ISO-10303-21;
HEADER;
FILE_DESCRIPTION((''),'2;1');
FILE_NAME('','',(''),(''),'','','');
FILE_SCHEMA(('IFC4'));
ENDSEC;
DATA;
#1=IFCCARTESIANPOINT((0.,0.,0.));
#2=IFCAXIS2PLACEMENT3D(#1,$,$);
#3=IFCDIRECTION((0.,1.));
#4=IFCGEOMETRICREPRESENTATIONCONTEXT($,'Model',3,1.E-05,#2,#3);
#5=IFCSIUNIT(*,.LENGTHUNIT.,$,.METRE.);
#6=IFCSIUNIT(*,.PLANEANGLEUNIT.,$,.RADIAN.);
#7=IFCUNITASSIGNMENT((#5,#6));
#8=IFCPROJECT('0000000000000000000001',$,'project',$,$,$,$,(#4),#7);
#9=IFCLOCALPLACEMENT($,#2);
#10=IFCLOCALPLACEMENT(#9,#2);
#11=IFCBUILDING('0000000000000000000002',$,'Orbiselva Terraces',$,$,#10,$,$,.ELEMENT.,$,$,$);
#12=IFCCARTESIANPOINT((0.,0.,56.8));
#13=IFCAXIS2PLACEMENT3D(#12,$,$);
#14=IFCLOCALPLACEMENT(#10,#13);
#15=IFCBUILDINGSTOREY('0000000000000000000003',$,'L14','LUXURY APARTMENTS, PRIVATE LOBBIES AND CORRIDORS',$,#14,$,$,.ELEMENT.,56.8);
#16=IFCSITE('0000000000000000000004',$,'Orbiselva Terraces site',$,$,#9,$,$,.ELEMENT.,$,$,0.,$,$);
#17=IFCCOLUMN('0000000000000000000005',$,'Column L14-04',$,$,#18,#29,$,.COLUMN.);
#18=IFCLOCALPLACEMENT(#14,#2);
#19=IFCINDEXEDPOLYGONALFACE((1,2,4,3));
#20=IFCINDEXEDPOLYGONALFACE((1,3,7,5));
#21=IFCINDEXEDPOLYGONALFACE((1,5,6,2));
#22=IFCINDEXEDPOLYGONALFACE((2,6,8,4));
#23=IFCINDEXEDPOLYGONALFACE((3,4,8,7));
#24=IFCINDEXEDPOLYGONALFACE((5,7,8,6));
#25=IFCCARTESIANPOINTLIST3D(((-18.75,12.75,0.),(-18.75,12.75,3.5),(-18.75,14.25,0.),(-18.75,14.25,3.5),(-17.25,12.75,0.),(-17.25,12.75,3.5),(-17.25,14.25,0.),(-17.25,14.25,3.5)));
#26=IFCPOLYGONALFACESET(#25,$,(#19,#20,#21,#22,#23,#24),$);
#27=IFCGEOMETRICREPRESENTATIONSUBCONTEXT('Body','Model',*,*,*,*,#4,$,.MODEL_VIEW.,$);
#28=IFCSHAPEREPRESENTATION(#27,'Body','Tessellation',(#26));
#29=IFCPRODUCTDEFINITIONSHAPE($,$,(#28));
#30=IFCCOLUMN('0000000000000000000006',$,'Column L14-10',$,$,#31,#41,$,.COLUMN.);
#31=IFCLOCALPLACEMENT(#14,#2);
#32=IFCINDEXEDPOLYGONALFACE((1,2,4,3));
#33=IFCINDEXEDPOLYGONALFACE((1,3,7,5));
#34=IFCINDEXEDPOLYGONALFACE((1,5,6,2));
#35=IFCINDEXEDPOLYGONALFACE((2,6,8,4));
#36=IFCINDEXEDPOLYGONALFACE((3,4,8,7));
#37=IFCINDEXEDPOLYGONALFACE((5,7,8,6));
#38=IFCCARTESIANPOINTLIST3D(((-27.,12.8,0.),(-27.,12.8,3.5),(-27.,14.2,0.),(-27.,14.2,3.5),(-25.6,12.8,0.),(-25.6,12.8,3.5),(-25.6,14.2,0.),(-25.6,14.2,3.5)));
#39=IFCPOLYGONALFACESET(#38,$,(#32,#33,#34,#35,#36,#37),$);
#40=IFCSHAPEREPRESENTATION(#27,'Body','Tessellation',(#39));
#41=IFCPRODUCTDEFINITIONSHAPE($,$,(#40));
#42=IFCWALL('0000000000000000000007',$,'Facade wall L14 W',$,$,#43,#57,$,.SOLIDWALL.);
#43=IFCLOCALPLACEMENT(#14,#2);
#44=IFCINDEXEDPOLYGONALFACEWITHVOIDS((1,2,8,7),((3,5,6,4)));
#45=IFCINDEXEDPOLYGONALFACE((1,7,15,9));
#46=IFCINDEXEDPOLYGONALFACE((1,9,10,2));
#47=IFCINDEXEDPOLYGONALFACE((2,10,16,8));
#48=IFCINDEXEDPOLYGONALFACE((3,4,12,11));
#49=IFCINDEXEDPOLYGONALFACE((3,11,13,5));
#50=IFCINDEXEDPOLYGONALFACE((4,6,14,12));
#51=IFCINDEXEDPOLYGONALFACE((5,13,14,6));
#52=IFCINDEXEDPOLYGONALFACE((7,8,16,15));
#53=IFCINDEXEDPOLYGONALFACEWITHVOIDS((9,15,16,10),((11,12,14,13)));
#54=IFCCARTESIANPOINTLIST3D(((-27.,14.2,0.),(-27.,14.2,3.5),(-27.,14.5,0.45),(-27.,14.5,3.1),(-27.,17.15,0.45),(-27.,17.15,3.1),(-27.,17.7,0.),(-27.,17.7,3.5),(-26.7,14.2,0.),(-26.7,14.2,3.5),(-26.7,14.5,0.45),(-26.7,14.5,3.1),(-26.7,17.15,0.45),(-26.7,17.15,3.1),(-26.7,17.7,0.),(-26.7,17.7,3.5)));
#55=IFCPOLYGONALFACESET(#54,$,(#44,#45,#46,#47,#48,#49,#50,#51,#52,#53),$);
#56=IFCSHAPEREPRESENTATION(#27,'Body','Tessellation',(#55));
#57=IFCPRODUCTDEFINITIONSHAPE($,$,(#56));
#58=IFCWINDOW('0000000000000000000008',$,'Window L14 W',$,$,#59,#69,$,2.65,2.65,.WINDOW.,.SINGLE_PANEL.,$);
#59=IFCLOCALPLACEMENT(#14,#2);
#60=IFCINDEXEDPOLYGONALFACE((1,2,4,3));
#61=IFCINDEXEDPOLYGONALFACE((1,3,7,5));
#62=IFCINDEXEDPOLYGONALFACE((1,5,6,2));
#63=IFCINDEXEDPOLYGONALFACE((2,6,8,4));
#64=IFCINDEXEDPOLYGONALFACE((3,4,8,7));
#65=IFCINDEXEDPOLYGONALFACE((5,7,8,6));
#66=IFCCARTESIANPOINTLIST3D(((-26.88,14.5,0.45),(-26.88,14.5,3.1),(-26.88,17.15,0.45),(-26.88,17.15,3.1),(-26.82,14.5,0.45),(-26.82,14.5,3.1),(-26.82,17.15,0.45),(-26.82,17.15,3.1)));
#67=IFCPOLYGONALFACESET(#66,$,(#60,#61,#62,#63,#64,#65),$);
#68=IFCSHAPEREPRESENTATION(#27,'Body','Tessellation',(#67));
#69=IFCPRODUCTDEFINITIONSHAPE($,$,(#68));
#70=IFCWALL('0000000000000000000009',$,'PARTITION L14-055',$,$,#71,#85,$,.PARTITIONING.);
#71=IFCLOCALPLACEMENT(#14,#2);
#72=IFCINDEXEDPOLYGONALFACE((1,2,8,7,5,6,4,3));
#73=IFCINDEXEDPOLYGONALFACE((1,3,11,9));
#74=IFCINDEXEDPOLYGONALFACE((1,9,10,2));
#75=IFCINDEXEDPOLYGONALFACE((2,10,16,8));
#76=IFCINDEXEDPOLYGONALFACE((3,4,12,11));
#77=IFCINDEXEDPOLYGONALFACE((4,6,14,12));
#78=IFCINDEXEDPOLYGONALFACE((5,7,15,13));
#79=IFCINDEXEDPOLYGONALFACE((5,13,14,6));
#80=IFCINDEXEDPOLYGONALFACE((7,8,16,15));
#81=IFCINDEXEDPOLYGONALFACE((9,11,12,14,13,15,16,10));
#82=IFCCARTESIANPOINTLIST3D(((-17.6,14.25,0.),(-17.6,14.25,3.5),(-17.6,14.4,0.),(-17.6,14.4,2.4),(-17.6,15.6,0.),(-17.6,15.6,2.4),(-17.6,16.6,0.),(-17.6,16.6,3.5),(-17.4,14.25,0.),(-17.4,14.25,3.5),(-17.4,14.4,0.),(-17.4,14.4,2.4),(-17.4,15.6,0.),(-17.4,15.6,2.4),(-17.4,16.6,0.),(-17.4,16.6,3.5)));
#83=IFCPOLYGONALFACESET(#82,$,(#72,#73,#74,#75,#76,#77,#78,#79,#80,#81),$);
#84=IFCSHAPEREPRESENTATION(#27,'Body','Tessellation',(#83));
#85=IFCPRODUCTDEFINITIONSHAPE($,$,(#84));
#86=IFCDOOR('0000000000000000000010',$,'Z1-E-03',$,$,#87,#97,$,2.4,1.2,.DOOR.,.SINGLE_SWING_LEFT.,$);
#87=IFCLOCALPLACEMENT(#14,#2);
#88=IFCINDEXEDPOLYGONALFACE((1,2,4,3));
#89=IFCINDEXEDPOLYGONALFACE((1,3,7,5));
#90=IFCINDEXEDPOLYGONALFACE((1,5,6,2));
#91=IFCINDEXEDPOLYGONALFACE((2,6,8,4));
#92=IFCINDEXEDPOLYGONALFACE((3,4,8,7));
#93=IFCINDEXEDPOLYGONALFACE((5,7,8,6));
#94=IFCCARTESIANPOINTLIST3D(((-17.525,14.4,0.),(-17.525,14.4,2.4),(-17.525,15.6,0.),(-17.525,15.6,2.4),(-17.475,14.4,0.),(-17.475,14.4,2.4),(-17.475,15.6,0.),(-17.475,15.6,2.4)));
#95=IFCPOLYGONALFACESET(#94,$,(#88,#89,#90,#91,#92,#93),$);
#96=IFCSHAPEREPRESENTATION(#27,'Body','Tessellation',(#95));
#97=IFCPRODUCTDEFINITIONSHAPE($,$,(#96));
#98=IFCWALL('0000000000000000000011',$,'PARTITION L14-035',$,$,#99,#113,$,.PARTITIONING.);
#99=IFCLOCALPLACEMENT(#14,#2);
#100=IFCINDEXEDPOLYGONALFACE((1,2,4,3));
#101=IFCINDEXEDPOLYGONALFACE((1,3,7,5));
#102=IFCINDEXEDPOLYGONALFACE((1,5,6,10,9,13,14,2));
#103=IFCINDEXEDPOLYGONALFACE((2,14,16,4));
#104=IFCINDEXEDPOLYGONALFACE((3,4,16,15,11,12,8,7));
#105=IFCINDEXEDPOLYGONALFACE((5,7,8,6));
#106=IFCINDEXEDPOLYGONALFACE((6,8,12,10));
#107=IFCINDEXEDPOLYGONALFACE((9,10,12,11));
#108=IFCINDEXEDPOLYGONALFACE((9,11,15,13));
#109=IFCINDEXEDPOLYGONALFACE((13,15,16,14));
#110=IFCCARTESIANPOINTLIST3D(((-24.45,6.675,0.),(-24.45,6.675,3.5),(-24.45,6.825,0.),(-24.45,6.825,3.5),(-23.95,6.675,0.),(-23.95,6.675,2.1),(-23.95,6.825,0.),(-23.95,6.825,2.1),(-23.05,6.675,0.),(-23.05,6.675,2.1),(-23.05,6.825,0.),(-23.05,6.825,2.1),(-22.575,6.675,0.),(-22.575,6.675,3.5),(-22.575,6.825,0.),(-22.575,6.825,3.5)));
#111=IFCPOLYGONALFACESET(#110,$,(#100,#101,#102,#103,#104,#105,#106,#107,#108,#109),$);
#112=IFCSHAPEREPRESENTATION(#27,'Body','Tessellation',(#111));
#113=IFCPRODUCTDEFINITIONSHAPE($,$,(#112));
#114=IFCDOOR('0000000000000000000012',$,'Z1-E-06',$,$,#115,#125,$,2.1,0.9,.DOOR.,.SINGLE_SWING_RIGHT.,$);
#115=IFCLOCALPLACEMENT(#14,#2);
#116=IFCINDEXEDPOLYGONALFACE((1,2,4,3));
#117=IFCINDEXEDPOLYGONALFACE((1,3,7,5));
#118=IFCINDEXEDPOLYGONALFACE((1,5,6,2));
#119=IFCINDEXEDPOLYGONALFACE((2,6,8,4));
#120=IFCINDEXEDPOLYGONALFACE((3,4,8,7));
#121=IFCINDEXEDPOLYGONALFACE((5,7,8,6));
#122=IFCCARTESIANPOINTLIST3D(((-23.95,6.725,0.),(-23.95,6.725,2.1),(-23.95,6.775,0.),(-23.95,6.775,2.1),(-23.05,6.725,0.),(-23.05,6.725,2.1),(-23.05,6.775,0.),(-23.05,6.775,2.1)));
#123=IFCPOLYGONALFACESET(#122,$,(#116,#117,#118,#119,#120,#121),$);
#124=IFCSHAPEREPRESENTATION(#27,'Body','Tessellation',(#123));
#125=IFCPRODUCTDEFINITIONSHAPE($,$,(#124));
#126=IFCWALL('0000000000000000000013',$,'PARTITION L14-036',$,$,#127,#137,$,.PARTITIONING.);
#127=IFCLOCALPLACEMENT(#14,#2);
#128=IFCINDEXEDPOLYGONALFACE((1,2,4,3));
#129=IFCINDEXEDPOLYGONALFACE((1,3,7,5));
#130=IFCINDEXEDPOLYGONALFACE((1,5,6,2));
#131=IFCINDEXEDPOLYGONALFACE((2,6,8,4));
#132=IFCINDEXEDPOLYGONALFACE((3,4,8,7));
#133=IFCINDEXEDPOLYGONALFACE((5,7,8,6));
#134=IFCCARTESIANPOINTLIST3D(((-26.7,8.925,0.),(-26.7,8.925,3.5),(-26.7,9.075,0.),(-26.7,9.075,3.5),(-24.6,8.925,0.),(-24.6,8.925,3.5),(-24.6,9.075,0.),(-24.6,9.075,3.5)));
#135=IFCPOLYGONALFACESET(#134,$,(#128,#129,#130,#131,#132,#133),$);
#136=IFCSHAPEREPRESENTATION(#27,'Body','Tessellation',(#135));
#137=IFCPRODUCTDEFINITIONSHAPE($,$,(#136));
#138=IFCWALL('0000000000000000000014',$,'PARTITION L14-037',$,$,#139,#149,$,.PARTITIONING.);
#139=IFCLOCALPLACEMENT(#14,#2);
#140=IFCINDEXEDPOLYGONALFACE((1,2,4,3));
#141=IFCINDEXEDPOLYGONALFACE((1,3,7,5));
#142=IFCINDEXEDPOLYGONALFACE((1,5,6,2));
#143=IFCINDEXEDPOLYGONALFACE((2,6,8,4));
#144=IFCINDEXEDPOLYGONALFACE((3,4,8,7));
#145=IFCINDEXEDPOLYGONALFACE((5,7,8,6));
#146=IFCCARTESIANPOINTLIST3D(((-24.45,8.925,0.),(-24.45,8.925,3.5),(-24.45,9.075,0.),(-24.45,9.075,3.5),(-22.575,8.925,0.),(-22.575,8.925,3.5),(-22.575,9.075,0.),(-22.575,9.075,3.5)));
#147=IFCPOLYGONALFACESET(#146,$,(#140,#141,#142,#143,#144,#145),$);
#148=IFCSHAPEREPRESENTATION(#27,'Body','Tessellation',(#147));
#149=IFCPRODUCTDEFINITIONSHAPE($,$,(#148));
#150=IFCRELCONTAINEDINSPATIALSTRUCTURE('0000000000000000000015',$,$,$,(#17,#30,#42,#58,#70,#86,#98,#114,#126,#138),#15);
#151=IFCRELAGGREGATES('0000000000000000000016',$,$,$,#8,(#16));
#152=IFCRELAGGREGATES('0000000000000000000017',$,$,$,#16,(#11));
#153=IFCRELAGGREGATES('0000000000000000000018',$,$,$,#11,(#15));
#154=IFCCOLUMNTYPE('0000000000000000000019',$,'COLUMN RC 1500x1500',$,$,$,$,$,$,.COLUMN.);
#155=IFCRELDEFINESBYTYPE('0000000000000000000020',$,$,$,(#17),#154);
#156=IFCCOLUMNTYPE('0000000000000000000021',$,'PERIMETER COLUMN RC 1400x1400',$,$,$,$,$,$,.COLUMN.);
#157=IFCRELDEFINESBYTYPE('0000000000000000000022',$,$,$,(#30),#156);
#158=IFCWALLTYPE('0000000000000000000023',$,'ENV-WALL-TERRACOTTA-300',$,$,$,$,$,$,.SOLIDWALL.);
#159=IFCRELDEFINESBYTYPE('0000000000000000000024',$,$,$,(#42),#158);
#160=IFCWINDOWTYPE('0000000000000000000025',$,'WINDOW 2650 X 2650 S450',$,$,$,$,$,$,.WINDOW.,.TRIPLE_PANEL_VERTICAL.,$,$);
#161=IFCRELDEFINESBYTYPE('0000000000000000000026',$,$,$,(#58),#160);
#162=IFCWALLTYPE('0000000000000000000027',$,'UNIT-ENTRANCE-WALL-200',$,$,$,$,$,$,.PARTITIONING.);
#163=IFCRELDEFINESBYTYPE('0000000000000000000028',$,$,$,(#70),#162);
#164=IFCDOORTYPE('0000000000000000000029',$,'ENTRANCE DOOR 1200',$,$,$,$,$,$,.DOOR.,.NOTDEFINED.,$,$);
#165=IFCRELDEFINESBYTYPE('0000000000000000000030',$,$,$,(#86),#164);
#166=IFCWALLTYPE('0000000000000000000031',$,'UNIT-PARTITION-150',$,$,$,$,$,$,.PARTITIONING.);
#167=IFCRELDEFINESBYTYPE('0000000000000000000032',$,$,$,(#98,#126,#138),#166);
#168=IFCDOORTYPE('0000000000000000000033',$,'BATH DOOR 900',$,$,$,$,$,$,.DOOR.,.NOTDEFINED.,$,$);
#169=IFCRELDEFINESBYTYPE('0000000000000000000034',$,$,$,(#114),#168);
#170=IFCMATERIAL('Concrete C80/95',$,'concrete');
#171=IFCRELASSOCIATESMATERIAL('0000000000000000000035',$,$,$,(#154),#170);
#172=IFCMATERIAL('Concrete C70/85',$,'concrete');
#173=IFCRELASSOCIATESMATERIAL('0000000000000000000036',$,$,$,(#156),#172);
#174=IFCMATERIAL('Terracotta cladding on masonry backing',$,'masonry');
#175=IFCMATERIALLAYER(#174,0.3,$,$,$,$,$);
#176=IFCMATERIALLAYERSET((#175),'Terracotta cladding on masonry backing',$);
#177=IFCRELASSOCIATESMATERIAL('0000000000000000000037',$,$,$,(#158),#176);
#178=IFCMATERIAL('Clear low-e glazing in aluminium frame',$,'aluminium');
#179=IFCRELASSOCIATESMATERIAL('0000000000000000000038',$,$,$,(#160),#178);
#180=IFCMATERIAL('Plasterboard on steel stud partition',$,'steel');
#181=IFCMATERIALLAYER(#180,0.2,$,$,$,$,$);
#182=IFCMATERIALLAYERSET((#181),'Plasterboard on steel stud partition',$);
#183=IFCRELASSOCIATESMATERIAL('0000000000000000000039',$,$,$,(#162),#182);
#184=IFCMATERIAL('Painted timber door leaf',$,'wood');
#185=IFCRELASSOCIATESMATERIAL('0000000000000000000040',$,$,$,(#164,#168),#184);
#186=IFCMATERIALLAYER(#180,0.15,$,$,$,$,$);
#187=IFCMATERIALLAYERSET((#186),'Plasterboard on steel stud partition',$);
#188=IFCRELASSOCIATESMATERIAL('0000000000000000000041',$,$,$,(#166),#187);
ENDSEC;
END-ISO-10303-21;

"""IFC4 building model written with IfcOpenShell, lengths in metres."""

from ifc_helpers import new_model, si_unit, direction, frame, frame_2d, origin, origin_2d, place, context, subcontext, project, spatial, rectangle, extrude, material, layer, layer_set, material_profile, profile_set, type_object, element, fill, save


model = new_model("IFC4")

# Units and contexts
model_context = context("Model", 3, precision=1e-05, world=origin(), true_north=direction((0.0, 1.0)))
body_context = subcontext(model_context, "Body", "Model", "MODEL_VIEW")
ifc_project = project(units=[si_unit("LENGTHUNIT", "METRE"), si_unit("PLANEANGLEUNIT", "RADIAN")], contexts=[model_context])

# Site, building, storey
site_placement = place(None, origin())
site = spatial("IfcSite", under=ifc_project, at=site_placement, Name="Orbiselva Terraces site", CompositionType="ELEMENT", RefElevation=0.0)
building_placement = place(site_placement, origin())
building = spatial("IfcBuilding", under=site, at=building_placement, Name="Orbiselva Terraces", CompositionType="ELEMENT")
storey_placement = place(building_placement, frame((0.0, 0.0, 56.8)))
storey = spatial("IfcBuildingStorey", under=building, at=storey_placement, Name="L14", Description="LUXURY APARTMENTS, PRIVATE LOBBIES AND CORRIDORS", CompositionType="ELEMENT", Elevation=56.8)

# Columns
ifc_material_1 = material(Name="Concrete C80/95", Category="concrete")
ifc_material_profile_1 = material_profile(ifc_material_1, rectangle(XDim=1.5, YDim=1.5, at=origin_2d()), Name="RC 1500x1500")
ifc_profile_set_1 = profile_set([ifc_material_profile_1], Name="Concrete C80/95")
column_type_1 = type_object("IfcColumnType", Name="COLUMN RC 1500x1500", PredefinedType="COLUMN", material=ifc_profile_set_1)
column_1_placement = place(storey_placement, frame((-18.0, 13.5, 0.0), z_axis=(0.0, 0.0, 1.0), x_axis=(1.0, 0.0, 0.0)))
element("IfcColumn", 1, at=column_1_placement, inside=storey, type_object=column_type_1, Name="Column L14-04", PredefinedType="COLUMN", context=body_context, shape_type="SweptSolid", body=[
    extrude(rectangle(XDim=1.5, YDim=1.5, at=origin_2d()), origin(), (0.0, 0.0, 1.0), 3.5),
])
ifc_material_2 = material(Name="Concrete C70/85", Category="concrete")
ifc_material_profile_2 = material_profile(ifc_material_2, rectangle(XDim=1.4, YDim=1.4, at=origin_2d()), Name="RC 1400x1400")
ifc_profile_set_2 = profile_set([ifc_material_profile_2], Name="Concrete C70/85")
column_type_2 = type_object("IfcColumnType", Name="PERIMETER COLUMN RC 1400x1400", PredefinedType="COLUMN", material=ifc_profile_set_2)
column_2_placement = place(storey_placement, frame((-26.3, 13.5, 0.0), z_axis=(0.0, 0.0, 1.0), x_axis=(1.0, 0.0, 0.0)))
element("IfcColumn", 2, at=column_2_placement, inside=storey, type_object=column_type_2, Name="Column L14-10", PredefinedType="COLUMN", context=body_context, shape_type="SweptSolid", body=[
    extrude(rectangle(XDim=1.4, YDim=1.4, at=origin_2d()), origin(), (0.0, 0.0, 1.0), 3.5),
])

# Wall, opening, window
ifc_material_3 = material(Name="Terracotta cladding on masonry backing", Category="masonry")
ifc_layer_1 = layer(ifc_material_3, 0.3)
ifc_layer_set_1 = layer_set([ifc_layer_1], Name="Terracotta cladding on masonry backing")
wall_type_1 = type_object("IfcWallType", Name="ENV-WALL-TERRACOTTA-300", PredefinedType="SOLIDWALL", material=ifc_layer_set_1)
wall_1_placement = place(storey_placement, frame((-26.85, 14.2, 0.0), z_axis=(0.0, 0.0, 1.0), x_axis=(0.0, 1.0, 0.0)))
wall_1 = element("IfcWall", 3, at=wall_1_placement, inside=storey, type_object=wall_type_1, Name="Facade wall L14 W", PredefinedType="SOLIDWALL", context=body_context, shape_type="SweptSolid", body=[
    extrude(rectangle(XDim=3.5, YDim=0.3, at=frame_2d((1.75, 0.0))), origin(), (0.0, 0.0, 1.0), 3.5),
])
opening_1_placement = place(wall_1_placement, frame((0.3, 0.0, 0.45)))
opening_1 = element("IfcOpeningElement", 4, at=opening_1_placement, cuts=wall_1, PredefinedType="OPENING", context=body_context, shape_type="SweptSolid", body=[
    extrude(rectangle(XDim=2.65, YDim=2.65, at=frame_2d((1.325, 1.325))), frame((0.0, 0.16, 0.0), z_axis=(0.0, -1.0, 0.0), x_axis=(1.0, 0.0, 0.0)), (0.0, 0.0, 1.0), 0.32),
])
ifc_material_4 = material(Name="Clear low-e glazing in aluminium frame", Category="aluminium")
window_type = type_object("IfcWindowType", Name="WINDOW 2650 X 2650 S450", PartitioningType="TRIPLE_PANEL_VERTICAL", PredefinedType="WINDOW", material=ifc_material_4)
window_placement = place(opening_1_placement, origin())
window = element("IfcWindow", 5, at=window_placement, inside=storey, type_object=window_type, Name="Window L14 W", OverallHeight=2.65, OverallWidth=2.65, PartitioningType="SINGLE_PANEL", PredefinedType="WINDOW", context=body_context, shape_type="SweptSolid", body=[
    extrude(rectangle(XDim=2.65, YDim=2.65, at=frame_2d((1.325, 1.325))), frame((0.0, 0.03, 0.0), z_axis=(0.0, -1.0, 0.0), x_axis=(1.0, 0.0, 0.0)), (0.0, 0.0, 1.0), 0.06),
])
fill(opening_1, window)

# Walls, openings, doors
ifc_material_5 = material(Name="Plasterboard on steel stud partition", Category="steel")
ifc_layer_2 = layer(ifc_material_5, 0.2)
ifc_layer_set_2 = layer_set([ifc_layer_2], Name="Plasterboard on steel stud partition")
wall_type_2 = type_object("IfcWallType", Name="UNIT-ENTRANCE-WALL-200", PredefinedType="PARTITIONING", material=ifc_layer_set_2)
wall_2_placement = place(storey_placement, frame((-17.5, 14.25, 0.0), z_axis=(0.0, 0.0, 1.0), x_axis=(0.0, 1.0, 0.0)))
wall_2 = element("IfcWall", 6, at=wall_2_placement, inside=storey, type_object=wall_type_2, Name="PARTITION L14-055", PredefinedType="PARTITIONING", context=body_context, shape_type="SweptSolid", body=[
    extrude(rectangle(XDim=2.35, YDim=0.2, at=frame_2d((1.175, 0.0))), origin(), (0.0, 0.0, 1.0), 3.5),
])
opening_2_placement = place(wall_2_placement, frame((0.15, 0.0, 0.0)))
opening_2 = element("IfcOpeningElement", 7, at=opening_2_placement, cuts=wall_2, PredefinedType="OPENING", context=body_context, shape_type="SweptSolid", body=[
    extrude(rectangle(XDim=1.2, YDim=2.4, at=frame_2d((0.6, 1.2))), frame((0.0, 0.11, 0.0), z_axis=(0.0, -1.0, 0.0), x_axis=(1.0, 0.0, 0.0)), (0.0, 0.0, 1.0), 0.22),
])
ifc_material_6 = material(Name="Painted timber door leaf", Category="wood")
door_type_1 = type_object("IfcDoorType", Name="ENTRANCE DOOR 1200", OperationType="NOTDEFINED", PredefinedType="DOOR", material=ifc_material_6)
door_1_placement = place(opening_2_placement, origin())
door_1 = element("IfcDoor", 8, at=door_1_placement, inside=storey, type_object=door_type_1, Name="Z1-E-03", OperationType="SINGLE_SWING_LEFT", OverallHeight=2.4, OverallWidth=1.2, PredefinedType="DOOR", context=body_context, shape_type="SweptSolid", body=[
    extrude(rectangle(XDim=1.2, YDim=2.4, at=frame_2d((0.6, 1.2))), frame((0.0, 0.025, 0.0), z_axis=(0.0, -1.0, 0.0), x_axis=(1.0, 0.0, 0.0)), (0.0, 0.0, 1.0), 0.05),
])
fill(opening_2, door_1)
ifc_layer_3 = layer(ifc_material_5, 0.15)
ifc_layer_set_3 = layer_set([ifc_layer_3], Name="Plasterboard on steel stud partition")
wall_type_3 = type_object("IfcWallType", Name="UNIT-PARTITION-150", PredefinedType="PARTITIONING", material=ifc_layer_set_3)
wall_3_placement = place(storey_placement, frame((-24.45, 6.75, 0.0), z_axis=(0.0, 0.0, 1.0), x_axis=(1.0, 0.0, 0.0)))
wall_3 = element("IfcWall", 9, at=wall_3_placement, inside=storey, type_object=wall_type_3, Name="PARTITION L14-035", PredefinedType="PARTITIONING", context=body_context, shape_type="SweptSolid", body=[
    extrude(rectangle(XDim=1.875, YDim=0.15, at=frame_2d((0.9375, 0.0))), origin(), (0.0, 0.0, 1.0), 3.5),
])
opening_3_placement = place(wall_3_placement, frame((0.5, 0.0, 0.0)))
opening_3 = element("IfcOpeningElement", 10, at=opening_3_placement, cuts=wall_3, PredefinedType="OPENING", context=body_context, shape_type="SweptSolid", body=[
    extrude(rectangle(XDim=0.9, YDim=2.1, at=frame_2d((0.45, 1.05))), frame((0.0, 0.085, 0.0), z_axis=(0.0, -1.0, 0.0), x_axis=(1.0, 0.0, 0.0)), (0.0, 0.0, 1.0), 0.17),
])
door_type_2 = type_object("IfcDoorType", Name="BATH DOOR 900", OperationType="NOTDEFINED", PredefinedType="DOOR", material=ifc_material_6)
door_2_placement = place(opening_3_placement, origin())
door_2 = element("IfcDoor", 11, at=door_2_placement, inside=storey, type_object=door_type_2, Name="Z1-E-06", OperationType="SINGLE_SWING_RIGHT", OverallHeight=2.1, OverallWidth=0.9, PredefinedType="DOOR", context=body_context, shape_type="SweptSolid", body=[
    extrude(rectangle(XDim=0.9, YDim=2.1, at=frame_2d((0.45, 1.05))), frame((0.0, 0.025, 0.0), z_axis=(0.0, -1.0, 0.0), x_axis=(1.0, 0.0, 0.0)), (0.0, 0.0, 1.0), 0.05),
])
fill(opening_3, door_2)

# Walls
wall_4_placement = place(storey_placement, frame((-26.7, 9.0, 0.0), z_axis=(0.0, 0.0, 1.0), x_axis=(1.0, 0.0, 0.0)))
element("IfcWall", 12, at=wall_4_placement, inside=storey, type_object=wall_type_3, Name="PARTITION L14-036", PredefinedType="PARTITIONING", context=body_context, shape_type="SweptSolid", body=[
    extrude(rectangle(XDim=2.1, YDim=0.15, at=frame_2d((1.05, 0.0))), origin(), (0.0, 0.0, 1.0), 3.5),
])
wall_5_placement = place(storey_placement, frame((-24.45, 9.0, 0.0), z_axis=(0.0, 0.0, 1.0), x_axis=(1.0, 0.0, 0.0)))
element("IfcWall", 13, at=wall_5_placement, inside=storey, type_object=wall_type_3, Name="PARTITION L14-037", PredefinedType="PARTITIONING", context=body_context, shape_type="SweptSolid", body=[
    extrude(rectangle(XDim=1.875, YDim=0.15, at=frame_2d((0.9375, 0.0))), origin(), (0.0, 0.0, 1.0), 3.5),
])

save(model, "model.ifc")
